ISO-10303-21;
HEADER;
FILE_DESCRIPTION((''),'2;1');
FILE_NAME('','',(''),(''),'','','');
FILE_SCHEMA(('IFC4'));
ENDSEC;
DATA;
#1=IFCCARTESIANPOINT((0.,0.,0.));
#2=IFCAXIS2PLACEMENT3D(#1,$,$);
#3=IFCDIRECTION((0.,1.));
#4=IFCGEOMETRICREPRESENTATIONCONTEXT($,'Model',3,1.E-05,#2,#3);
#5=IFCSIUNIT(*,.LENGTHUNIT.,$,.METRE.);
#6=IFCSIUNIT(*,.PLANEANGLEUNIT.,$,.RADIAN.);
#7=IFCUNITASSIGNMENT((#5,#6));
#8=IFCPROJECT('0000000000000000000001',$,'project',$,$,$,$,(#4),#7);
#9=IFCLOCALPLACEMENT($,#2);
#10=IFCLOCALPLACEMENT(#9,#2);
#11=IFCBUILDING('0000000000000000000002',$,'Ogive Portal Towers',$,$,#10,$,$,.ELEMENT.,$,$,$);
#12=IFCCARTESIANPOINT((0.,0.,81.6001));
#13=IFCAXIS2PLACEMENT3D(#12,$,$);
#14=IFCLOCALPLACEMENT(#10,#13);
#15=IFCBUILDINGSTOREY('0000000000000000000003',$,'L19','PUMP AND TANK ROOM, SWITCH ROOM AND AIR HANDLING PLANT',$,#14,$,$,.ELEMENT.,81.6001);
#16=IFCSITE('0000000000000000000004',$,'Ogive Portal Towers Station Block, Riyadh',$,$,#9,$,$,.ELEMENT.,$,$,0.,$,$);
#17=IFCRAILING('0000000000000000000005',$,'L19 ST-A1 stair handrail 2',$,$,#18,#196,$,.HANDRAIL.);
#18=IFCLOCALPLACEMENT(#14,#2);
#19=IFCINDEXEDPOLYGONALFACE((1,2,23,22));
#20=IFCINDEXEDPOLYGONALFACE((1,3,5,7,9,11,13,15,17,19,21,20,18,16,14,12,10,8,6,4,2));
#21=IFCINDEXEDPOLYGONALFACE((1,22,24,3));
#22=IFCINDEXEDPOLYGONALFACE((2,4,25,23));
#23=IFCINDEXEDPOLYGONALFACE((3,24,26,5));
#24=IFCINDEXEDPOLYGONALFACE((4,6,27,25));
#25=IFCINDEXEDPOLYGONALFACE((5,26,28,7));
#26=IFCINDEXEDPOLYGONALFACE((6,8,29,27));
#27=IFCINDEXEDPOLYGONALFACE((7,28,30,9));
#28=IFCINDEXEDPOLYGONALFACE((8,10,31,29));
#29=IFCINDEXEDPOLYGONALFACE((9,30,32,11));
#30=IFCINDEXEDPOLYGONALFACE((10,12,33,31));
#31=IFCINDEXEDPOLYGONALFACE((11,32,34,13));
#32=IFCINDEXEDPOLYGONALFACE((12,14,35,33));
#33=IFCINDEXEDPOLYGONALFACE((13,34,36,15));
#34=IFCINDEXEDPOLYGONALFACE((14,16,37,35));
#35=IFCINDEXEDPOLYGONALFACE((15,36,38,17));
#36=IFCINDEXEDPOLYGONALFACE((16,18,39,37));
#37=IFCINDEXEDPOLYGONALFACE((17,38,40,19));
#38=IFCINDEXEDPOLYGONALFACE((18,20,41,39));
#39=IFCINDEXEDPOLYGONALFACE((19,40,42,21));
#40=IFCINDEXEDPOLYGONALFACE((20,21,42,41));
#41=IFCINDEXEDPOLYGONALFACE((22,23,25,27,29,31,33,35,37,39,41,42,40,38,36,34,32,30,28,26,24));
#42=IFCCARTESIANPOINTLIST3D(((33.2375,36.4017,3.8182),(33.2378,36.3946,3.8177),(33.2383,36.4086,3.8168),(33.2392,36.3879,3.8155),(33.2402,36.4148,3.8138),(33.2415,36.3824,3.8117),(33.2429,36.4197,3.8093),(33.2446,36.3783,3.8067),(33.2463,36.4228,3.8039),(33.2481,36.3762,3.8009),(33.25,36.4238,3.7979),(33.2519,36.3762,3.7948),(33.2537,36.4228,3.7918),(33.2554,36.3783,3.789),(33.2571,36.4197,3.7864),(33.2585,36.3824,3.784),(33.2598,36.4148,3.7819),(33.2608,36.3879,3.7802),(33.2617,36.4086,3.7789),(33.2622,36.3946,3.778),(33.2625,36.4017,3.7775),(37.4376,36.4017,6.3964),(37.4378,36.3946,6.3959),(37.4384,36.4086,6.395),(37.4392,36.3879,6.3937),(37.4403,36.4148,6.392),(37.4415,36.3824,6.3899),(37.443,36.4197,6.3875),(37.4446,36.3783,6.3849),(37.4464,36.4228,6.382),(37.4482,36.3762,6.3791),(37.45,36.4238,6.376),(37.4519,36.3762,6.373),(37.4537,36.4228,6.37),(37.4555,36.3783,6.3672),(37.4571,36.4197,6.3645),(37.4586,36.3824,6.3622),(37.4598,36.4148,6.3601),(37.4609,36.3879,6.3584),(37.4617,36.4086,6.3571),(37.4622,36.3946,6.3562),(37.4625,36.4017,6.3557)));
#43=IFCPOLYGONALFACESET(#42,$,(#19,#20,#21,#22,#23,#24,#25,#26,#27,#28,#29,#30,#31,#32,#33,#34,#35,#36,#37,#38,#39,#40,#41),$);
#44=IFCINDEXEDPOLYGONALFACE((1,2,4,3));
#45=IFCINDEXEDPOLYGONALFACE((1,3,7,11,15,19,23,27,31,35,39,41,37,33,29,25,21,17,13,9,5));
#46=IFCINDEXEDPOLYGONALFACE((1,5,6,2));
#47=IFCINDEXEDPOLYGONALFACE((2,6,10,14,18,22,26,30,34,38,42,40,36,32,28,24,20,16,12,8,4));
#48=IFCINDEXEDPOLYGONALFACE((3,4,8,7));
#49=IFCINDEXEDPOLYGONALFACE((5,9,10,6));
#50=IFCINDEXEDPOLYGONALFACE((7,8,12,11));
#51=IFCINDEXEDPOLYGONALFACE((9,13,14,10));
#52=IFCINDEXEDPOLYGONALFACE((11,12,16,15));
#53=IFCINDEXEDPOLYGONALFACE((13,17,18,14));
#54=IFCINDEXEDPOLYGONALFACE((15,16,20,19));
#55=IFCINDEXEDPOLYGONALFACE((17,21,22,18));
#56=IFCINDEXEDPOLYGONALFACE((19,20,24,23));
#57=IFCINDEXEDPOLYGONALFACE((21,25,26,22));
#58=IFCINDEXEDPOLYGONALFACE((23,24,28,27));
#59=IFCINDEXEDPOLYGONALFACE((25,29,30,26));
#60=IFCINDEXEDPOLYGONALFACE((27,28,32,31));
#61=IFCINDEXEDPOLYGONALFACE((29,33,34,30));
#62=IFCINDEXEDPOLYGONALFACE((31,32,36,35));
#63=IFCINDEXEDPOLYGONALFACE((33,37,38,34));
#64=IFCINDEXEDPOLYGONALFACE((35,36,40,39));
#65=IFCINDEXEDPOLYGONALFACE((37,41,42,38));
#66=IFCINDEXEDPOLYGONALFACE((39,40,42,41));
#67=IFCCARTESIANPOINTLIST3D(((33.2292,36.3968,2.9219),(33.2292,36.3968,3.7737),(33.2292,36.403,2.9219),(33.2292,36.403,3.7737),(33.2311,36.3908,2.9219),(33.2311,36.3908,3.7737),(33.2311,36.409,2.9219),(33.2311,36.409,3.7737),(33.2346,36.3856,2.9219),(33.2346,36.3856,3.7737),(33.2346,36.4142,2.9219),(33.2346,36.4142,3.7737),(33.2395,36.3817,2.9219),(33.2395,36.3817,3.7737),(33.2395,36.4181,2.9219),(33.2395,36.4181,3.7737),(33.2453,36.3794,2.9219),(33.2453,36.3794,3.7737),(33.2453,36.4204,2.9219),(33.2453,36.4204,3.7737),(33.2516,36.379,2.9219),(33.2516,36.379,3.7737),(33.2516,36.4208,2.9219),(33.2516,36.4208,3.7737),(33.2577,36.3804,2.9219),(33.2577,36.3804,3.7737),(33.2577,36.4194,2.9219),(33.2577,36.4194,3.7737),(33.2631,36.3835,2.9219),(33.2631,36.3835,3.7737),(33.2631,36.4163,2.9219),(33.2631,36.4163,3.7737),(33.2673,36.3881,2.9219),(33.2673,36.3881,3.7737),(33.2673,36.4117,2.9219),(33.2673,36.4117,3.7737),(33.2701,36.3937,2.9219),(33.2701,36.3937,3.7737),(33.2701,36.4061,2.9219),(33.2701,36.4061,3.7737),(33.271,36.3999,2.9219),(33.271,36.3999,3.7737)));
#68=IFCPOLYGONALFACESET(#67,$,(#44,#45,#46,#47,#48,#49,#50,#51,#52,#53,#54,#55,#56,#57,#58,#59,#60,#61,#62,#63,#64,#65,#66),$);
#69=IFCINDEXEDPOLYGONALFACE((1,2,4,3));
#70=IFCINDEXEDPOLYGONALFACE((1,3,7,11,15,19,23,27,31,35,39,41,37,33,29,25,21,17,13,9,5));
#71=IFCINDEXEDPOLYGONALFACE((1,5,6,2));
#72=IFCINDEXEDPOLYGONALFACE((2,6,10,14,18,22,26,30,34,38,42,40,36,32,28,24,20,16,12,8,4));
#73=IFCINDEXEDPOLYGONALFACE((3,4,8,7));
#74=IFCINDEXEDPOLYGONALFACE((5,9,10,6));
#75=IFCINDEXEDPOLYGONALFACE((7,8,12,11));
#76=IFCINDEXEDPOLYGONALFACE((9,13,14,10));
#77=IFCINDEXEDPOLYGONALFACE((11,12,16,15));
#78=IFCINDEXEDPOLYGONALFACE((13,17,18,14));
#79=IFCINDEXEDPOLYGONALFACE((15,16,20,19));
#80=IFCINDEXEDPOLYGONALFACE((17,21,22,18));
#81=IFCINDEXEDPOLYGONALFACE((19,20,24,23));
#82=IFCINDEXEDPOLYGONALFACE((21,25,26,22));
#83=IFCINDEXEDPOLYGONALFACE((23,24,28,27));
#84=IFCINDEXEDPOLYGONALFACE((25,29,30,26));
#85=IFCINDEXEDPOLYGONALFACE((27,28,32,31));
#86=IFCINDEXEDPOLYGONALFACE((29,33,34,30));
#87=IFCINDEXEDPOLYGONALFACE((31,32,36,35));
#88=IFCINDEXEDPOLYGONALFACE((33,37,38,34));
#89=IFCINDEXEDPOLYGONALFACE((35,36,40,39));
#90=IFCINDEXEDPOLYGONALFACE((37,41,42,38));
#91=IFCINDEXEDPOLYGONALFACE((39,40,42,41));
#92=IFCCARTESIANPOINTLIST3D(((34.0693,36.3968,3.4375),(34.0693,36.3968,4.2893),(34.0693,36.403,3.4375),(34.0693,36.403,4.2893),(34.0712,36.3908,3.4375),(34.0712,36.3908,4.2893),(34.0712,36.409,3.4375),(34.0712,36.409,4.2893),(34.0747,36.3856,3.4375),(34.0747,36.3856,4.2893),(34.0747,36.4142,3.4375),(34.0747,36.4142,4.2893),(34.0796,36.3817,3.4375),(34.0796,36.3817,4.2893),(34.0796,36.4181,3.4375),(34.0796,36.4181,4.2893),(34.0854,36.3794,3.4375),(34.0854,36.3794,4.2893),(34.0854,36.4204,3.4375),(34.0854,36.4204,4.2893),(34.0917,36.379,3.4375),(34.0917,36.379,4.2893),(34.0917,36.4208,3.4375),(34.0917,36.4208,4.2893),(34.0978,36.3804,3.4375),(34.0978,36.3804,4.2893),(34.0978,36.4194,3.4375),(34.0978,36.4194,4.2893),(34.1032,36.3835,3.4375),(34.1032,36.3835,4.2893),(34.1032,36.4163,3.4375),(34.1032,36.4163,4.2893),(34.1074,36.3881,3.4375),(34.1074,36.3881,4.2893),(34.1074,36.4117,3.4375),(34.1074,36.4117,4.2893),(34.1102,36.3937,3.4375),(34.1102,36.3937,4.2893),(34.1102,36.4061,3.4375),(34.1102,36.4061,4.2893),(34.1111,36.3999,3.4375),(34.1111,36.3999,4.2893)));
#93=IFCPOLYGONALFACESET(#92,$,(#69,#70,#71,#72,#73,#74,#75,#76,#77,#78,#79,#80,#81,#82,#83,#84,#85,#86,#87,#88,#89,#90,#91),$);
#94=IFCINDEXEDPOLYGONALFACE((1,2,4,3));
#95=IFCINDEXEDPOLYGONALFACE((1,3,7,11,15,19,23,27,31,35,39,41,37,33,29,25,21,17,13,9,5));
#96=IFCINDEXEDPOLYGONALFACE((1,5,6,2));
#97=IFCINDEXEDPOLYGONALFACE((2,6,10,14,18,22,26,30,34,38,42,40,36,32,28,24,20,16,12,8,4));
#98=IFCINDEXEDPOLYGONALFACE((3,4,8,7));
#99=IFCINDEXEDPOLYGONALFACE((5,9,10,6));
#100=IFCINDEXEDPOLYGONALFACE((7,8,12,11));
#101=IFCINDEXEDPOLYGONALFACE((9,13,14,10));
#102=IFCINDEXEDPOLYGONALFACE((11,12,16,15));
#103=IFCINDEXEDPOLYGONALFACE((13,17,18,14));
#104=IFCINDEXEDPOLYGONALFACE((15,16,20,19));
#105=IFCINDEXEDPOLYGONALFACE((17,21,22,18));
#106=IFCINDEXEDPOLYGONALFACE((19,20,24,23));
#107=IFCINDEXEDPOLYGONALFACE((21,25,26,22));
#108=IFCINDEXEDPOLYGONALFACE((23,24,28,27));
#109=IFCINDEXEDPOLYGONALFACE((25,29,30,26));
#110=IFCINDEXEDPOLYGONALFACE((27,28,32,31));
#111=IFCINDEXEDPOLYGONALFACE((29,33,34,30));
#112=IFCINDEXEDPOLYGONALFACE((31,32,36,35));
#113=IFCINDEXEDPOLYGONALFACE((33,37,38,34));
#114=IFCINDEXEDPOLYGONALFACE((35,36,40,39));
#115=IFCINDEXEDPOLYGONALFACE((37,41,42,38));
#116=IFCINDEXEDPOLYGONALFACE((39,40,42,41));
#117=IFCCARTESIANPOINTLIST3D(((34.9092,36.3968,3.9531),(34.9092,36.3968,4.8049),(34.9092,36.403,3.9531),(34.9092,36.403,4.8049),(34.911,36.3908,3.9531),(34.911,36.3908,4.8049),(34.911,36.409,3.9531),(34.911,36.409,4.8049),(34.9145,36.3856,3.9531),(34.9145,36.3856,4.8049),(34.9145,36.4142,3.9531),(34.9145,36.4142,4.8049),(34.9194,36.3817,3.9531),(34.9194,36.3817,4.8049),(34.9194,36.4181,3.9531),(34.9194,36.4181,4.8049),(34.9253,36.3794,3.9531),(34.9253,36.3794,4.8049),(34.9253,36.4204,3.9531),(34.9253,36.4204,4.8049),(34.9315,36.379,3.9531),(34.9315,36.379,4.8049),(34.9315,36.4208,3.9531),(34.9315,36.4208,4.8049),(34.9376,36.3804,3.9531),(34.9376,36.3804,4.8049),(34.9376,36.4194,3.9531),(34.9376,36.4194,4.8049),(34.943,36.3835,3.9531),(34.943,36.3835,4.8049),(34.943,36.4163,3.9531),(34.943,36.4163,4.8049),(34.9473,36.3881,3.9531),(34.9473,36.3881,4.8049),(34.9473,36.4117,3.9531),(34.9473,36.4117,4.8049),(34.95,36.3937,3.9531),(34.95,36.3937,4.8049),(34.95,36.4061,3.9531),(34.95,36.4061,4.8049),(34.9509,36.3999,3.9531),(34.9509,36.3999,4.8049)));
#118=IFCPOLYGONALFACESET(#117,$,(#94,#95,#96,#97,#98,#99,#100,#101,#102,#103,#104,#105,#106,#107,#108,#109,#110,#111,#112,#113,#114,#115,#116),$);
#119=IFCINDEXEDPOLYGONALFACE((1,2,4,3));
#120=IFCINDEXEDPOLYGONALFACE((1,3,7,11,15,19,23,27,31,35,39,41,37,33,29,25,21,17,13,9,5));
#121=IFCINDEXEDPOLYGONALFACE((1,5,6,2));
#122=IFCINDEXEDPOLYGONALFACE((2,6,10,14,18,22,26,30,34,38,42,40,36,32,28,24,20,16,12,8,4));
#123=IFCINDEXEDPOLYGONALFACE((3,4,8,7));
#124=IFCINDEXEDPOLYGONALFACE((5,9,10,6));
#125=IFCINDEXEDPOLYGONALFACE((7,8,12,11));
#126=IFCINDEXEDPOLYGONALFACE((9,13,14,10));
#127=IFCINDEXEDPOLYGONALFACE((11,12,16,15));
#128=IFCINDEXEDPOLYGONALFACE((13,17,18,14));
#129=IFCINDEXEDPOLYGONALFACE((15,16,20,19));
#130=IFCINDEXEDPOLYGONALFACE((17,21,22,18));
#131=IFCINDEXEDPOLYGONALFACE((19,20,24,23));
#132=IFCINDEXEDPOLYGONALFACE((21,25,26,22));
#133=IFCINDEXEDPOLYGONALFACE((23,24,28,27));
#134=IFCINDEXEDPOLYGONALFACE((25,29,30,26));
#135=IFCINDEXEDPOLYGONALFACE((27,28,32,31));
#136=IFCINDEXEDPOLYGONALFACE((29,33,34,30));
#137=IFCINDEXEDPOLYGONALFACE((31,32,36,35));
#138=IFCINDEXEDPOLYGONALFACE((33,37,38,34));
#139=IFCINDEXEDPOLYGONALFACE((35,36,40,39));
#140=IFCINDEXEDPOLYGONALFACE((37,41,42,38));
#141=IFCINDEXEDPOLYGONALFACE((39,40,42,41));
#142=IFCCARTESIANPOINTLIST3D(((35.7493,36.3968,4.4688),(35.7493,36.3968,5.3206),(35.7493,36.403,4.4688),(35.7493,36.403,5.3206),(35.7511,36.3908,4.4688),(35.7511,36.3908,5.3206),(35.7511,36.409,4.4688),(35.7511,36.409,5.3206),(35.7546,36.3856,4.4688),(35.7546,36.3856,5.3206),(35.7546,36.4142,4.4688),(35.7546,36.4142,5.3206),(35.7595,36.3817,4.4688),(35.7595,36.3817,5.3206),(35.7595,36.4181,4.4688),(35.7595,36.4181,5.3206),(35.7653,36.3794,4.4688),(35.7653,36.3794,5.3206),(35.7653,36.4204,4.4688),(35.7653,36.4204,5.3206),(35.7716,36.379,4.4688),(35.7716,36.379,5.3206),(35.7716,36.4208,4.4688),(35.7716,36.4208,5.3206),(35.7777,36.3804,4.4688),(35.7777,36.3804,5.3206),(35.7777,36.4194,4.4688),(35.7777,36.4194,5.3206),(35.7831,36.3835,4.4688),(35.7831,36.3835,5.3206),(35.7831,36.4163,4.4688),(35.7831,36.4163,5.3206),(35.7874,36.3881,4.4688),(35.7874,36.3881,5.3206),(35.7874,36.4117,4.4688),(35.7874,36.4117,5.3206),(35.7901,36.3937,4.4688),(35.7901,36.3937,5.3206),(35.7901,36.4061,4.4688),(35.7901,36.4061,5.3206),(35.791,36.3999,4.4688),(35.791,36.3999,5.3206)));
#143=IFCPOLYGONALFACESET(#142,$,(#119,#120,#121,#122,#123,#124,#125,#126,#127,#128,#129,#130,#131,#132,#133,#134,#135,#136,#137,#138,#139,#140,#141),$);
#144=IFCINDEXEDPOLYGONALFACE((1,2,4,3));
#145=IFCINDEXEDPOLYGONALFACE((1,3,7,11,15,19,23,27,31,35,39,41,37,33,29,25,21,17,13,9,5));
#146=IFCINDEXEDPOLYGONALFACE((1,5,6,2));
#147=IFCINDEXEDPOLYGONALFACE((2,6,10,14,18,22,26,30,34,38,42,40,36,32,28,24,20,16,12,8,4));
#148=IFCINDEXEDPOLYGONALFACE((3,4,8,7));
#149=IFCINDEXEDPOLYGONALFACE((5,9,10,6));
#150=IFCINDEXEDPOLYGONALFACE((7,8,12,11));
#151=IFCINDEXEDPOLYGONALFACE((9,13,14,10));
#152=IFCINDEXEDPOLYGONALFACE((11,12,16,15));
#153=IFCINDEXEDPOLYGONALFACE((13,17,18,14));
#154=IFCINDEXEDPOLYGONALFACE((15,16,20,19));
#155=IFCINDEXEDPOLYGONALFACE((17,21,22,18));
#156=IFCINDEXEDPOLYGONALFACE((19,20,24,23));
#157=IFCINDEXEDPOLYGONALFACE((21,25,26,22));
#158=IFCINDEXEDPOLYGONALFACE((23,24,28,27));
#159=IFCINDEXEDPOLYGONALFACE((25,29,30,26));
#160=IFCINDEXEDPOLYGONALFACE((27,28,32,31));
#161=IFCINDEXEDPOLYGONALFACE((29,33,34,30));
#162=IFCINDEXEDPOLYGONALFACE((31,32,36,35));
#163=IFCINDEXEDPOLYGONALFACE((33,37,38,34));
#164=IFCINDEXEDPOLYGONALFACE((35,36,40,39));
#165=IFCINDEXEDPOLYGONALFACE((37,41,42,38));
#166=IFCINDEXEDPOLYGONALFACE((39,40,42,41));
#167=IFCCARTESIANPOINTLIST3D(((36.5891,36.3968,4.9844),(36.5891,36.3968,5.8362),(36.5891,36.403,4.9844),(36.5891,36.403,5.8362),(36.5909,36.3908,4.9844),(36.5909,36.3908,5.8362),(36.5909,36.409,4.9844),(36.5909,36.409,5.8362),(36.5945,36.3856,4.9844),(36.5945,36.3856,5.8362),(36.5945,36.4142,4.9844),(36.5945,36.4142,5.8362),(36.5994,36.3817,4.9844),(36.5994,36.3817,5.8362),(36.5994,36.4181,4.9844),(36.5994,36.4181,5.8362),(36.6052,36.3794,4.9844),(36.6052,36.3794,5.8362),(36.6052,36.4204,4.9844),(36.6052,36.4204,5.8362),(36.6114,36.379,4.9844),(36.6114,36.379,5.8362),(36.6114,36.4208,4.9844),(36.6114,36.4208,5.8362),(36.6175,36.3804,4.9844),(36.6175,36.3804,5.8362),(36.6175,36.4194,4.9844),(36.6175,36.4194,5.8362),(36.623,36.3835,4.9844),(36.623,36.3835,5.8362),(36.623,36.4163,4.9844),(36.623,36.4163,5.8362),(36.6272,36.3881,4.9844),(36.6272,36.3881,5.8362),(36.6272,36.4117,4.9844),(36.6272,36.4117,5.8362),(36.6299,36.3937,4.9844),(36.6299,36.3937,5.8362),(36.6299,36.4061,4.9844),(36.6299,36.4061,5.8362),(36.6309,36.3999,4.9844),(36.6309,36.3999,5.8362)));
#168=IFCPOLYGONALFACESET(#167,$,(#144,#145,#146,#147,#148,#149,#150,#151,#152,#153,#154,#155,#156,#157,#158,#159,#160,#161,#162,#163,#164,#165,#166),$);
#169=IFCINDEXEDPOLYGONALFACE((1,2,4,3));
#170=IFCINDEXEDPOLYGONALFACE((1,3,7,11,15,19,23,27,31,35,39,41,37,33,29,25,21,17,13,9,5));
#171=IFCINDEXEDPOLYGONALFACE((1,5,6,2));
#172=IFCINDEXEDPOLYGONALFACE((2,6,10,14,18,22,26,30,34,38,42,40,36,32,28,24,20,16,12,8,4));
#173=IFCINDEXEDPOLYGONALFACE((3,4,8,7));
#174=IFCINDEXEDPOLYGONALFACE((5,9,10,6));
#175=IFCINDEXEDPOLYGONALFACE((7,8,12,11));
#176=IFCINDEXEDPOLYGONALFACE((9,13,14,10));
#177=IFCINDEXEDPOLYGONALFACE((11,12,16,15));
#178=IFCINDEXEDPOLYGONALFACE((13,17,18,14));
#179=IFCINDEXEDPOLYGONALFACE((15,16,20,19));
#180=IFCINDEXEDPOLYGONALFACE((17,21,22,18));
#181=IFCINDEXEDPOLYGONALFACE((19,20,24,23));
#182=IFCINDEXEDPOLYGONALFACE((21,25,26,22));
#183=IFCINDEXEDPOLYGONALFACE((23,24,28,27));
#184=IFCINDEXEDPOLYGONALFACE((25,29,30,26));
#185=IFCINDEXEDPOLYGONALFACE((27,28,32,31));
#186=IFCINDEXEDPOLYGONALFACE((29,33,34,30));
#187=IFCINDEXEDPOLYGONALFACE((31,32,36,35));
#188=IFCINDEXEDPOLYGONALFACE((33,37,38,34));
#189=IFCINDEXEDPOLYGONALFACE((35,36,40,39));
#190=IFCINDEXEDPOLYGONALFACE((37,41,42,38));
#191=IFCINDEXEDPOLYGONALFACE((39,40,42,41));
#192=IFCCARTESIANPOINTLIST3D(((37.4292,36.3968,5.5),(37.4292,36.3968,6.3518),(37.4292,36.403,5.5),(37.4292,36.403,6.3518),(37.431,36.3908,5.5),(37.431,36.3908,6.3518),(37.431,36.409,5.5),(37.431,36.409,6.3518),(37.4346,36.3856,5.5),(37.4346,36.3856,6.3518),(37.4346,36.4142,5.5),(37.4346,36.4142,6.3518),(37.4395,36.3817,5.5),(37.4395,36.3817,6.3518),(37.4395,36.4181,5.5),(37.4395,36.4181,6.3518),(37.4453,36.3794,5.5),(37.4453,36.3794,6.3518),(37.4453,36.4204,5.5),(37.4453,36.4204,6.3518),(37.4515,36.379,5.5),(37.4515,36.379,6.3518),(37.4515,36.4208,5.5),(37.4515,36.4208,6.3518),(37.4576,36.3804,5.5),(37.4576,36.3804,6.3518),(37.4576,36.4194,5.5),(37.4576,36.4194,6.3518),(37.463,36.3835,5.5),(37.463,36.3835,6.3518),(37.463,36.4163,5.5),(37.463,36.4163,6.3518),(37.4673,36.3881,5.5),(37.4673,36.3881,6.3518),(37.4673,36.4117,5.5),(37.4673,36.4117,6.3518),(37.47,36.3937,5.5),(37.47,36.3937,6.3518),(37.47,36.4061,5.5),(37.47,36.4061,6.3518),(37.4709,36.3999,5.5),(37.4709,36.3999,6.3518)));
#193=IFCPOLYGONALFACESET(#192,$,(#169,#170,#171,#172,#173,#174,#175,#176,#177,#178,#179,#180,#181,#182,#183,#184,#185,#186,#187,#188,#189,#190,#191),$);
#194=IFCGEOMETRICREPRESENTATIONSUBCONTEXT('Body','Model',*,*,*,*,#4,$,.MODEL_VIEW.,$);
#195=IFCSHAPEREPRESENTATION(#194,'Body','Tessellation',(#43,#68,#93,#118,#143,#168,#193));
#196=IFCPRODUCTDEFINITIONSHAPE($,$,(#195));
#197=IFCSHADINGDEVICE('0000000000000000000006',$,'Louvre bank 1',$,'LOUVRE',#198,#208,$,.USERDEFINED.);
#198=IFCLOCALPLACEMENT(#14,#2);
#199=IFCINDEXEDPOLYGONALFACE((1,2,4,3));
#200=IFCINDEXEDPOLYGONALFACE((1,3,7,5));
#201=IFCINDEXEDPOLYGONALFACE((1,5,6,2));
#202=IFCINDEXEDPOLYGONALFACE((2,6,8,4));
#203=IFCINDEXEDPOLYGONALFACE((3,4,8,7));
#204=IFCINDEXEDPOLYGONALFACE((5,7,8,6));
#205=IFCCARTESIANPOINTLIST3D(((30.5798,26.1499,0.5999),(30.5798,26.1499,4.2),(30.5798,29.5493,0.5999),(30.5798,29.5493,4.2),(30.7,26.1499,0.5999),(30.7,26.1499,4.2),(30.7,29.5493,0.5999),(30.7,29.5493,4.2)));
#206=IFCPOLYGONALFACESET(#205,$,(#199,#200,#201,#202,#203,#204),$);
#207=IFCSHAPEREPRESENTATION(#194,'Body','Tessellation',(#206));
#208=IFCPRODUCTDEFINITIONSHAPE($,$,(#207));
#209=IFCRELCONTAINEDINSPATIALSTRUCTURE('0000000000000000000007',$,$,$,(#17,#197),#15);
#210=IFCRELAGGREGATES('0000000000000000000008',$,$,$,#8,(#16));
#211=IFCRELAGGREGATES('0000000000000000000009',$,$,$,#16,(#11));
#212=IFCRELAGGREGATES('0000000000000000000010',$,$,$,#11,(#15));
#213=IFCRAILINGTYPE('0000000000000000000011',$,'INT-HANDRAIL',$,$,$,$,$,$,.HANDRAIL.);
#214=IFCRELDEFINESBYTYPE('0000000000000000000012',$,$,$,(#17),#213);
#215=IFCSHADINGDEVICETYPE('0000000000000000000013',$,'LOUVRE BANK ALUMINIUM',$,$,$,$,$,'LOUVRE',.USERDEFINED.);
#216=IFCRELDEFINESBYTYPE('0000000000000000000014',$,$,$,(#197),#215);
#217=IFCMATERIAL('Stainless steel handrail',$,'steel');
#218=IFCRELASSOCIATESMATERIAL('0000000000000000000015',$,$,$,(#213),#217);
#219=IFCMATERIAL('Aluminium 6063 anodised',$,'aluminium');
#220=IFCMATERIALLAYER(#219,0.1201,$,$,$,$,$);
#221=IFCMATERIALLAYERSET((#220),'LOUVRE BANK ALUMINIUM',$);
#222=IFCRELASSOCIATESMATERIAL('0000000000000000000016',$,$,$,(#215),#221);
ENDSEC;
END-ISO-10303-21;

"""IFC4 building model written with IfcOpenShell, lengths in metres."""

from ifc_helpers import new_model, si_unit, direction, frame, origin, origin_2d, place, context, subcontext, project, spatial, rectangle, circle, extrude, material, layer, layer_set, type_object, element, save


model = new_model("IFC4")

# Units and contexts
model_context = context("Model", 3, precision=1e-05, world=origin(), true_north=direction((0.0, 1.0)))
body_context = subcontext(model_context, "Body", "Model", "MODEL_VIEW")
ifc_project = project(units=[si_unit("LENGTHUNIT", "METRE"), si_unit("PLANEANGLEUNIT", "RADIAN")], contexts=[model_context])

# Site, building, storey
site_placement = place(None, origin())
site = spatial("IfcSite", under=ifc_project, at=site_placement, Name="Ogive Portal Towers Station Block, Riyadh", CompositionType="ELEMENT", RefElevation=0.0)
building_placement = place(site_placement, origin())
building = spatial("IfcBuilding", under=site, at=building_placement, Name="Ogive Portal Towers", CompositionType="ELEMENT")
storey_placement = place(building_placement, frame((0.0, 0.0, 81.6001)))
storey = spatial("IfcBuildingStorey", under=building, at=storey_placement, Name="L19", Description="PUMP AND TANK ROOM, SWITCH ROOM AND AIR HANDLING PLANT", CompositionType="ELEMENT", Elevation=81.6001)

# Railing
ifc_material_1 = material(Name="Stainless steel handrail", Category="steel")
railing_type_1 = type_object("IfcRailingType", Name="INT-HANDRAIL", PredefinedType="HANDRAIL", material=ifc_material_1)
railing_1_placement = place(storey_placement, frame((33.25, 36.3999, 2.9219)))
element("IfcRailing", 1, at=railing_1_placement, inside=storey, type_object=railing_type_1, Name="L19 ST-A1 stair handrail 2", PredefinedType="HANDRAIL", context=body_context, shape_type="SweptSolid", body=[
    extrude(circle(Radius=0.0239, at=origin_2d()), frame((0.0, 0.0, 0.876), z_axis=(0.852243, 0.0, 0.523146), x_axis=(0.0, 1.0, 0.0)), (0.0, 0.0, 1.0), 4.9282),
    extrude(circle(Radius=0.021, at=origin_2d()), origin(), (0.0, 0.0, 1.0), 0.8518),
    extrude(circle(Radius=0.021, at=origin_2d()), frame((0.8401, 0.0, 0.5156)), (0.0, 0.0, 1.0), 0.8518),
    extrude(circle(Radius=0.021, at=origin_2d()), frame((1.6799, 0.0, 1.0312)), (0.0, 0.0, 1.0), 0.8518),
    extrude(circle(Radius=0.021, at=origin_2d()), frame((2.52, 0.0, 1.5469)), (0.0, 0.0, 1.0), 0.8518),
    extrude(circle(Radius=0.021, at=origin_2d()), frame((3.3599, 0.0, 2.0625)), (0.0, 0.0, 1.0), 0.8518),
    extrude(circle(Radius=0.021, at=origin_2d()), frame((4.2, 0.0, 2.5781)), (0.0, 0.0, 1.0), 0.8518),
])

# Shading device
ifc_material_2 = material(Name="Aluminium 6063 anodised", Category="aluminium")
ifc_layer_1 = layer(ifc_material_2, 0.1201)
ifc_layer_set_1 = layer_set([ifc_layer_1], Name="LOUVRE BANK ALUMINIUM")
shading_device_type = type_object("IfcShadingDeviceType", Name="LOUVRE BANK ALUMINIUM", ElementType="LOUVRE", PredefinedType="USERDEFINED", material=ifc_layer_set_1)
shading_device_1_placement = place(storey_placement, frame((30.6399, 27.8496, 0.5999), z_axis=(0.0, 0.0, 1.0), x_axis=(0.0, -1.0, 0.0)))
element("IfcShadingDevice", 2, at=shading_device_1_placement, inside=storey, type_object=shading_device_type, Name="Louvre bank 1", ObjectType="LOUVRE", PredefinedType="USERDEFINED", context=body_context, shape_type="SweptSolid", body=[
    extrude(rectangle(XDim=3.3994, YDim=0.1201, at=origin_2d()), origin(), (0.0, 0.0, 1.0), 3.6001),
])

save(model, "model.ifc")
